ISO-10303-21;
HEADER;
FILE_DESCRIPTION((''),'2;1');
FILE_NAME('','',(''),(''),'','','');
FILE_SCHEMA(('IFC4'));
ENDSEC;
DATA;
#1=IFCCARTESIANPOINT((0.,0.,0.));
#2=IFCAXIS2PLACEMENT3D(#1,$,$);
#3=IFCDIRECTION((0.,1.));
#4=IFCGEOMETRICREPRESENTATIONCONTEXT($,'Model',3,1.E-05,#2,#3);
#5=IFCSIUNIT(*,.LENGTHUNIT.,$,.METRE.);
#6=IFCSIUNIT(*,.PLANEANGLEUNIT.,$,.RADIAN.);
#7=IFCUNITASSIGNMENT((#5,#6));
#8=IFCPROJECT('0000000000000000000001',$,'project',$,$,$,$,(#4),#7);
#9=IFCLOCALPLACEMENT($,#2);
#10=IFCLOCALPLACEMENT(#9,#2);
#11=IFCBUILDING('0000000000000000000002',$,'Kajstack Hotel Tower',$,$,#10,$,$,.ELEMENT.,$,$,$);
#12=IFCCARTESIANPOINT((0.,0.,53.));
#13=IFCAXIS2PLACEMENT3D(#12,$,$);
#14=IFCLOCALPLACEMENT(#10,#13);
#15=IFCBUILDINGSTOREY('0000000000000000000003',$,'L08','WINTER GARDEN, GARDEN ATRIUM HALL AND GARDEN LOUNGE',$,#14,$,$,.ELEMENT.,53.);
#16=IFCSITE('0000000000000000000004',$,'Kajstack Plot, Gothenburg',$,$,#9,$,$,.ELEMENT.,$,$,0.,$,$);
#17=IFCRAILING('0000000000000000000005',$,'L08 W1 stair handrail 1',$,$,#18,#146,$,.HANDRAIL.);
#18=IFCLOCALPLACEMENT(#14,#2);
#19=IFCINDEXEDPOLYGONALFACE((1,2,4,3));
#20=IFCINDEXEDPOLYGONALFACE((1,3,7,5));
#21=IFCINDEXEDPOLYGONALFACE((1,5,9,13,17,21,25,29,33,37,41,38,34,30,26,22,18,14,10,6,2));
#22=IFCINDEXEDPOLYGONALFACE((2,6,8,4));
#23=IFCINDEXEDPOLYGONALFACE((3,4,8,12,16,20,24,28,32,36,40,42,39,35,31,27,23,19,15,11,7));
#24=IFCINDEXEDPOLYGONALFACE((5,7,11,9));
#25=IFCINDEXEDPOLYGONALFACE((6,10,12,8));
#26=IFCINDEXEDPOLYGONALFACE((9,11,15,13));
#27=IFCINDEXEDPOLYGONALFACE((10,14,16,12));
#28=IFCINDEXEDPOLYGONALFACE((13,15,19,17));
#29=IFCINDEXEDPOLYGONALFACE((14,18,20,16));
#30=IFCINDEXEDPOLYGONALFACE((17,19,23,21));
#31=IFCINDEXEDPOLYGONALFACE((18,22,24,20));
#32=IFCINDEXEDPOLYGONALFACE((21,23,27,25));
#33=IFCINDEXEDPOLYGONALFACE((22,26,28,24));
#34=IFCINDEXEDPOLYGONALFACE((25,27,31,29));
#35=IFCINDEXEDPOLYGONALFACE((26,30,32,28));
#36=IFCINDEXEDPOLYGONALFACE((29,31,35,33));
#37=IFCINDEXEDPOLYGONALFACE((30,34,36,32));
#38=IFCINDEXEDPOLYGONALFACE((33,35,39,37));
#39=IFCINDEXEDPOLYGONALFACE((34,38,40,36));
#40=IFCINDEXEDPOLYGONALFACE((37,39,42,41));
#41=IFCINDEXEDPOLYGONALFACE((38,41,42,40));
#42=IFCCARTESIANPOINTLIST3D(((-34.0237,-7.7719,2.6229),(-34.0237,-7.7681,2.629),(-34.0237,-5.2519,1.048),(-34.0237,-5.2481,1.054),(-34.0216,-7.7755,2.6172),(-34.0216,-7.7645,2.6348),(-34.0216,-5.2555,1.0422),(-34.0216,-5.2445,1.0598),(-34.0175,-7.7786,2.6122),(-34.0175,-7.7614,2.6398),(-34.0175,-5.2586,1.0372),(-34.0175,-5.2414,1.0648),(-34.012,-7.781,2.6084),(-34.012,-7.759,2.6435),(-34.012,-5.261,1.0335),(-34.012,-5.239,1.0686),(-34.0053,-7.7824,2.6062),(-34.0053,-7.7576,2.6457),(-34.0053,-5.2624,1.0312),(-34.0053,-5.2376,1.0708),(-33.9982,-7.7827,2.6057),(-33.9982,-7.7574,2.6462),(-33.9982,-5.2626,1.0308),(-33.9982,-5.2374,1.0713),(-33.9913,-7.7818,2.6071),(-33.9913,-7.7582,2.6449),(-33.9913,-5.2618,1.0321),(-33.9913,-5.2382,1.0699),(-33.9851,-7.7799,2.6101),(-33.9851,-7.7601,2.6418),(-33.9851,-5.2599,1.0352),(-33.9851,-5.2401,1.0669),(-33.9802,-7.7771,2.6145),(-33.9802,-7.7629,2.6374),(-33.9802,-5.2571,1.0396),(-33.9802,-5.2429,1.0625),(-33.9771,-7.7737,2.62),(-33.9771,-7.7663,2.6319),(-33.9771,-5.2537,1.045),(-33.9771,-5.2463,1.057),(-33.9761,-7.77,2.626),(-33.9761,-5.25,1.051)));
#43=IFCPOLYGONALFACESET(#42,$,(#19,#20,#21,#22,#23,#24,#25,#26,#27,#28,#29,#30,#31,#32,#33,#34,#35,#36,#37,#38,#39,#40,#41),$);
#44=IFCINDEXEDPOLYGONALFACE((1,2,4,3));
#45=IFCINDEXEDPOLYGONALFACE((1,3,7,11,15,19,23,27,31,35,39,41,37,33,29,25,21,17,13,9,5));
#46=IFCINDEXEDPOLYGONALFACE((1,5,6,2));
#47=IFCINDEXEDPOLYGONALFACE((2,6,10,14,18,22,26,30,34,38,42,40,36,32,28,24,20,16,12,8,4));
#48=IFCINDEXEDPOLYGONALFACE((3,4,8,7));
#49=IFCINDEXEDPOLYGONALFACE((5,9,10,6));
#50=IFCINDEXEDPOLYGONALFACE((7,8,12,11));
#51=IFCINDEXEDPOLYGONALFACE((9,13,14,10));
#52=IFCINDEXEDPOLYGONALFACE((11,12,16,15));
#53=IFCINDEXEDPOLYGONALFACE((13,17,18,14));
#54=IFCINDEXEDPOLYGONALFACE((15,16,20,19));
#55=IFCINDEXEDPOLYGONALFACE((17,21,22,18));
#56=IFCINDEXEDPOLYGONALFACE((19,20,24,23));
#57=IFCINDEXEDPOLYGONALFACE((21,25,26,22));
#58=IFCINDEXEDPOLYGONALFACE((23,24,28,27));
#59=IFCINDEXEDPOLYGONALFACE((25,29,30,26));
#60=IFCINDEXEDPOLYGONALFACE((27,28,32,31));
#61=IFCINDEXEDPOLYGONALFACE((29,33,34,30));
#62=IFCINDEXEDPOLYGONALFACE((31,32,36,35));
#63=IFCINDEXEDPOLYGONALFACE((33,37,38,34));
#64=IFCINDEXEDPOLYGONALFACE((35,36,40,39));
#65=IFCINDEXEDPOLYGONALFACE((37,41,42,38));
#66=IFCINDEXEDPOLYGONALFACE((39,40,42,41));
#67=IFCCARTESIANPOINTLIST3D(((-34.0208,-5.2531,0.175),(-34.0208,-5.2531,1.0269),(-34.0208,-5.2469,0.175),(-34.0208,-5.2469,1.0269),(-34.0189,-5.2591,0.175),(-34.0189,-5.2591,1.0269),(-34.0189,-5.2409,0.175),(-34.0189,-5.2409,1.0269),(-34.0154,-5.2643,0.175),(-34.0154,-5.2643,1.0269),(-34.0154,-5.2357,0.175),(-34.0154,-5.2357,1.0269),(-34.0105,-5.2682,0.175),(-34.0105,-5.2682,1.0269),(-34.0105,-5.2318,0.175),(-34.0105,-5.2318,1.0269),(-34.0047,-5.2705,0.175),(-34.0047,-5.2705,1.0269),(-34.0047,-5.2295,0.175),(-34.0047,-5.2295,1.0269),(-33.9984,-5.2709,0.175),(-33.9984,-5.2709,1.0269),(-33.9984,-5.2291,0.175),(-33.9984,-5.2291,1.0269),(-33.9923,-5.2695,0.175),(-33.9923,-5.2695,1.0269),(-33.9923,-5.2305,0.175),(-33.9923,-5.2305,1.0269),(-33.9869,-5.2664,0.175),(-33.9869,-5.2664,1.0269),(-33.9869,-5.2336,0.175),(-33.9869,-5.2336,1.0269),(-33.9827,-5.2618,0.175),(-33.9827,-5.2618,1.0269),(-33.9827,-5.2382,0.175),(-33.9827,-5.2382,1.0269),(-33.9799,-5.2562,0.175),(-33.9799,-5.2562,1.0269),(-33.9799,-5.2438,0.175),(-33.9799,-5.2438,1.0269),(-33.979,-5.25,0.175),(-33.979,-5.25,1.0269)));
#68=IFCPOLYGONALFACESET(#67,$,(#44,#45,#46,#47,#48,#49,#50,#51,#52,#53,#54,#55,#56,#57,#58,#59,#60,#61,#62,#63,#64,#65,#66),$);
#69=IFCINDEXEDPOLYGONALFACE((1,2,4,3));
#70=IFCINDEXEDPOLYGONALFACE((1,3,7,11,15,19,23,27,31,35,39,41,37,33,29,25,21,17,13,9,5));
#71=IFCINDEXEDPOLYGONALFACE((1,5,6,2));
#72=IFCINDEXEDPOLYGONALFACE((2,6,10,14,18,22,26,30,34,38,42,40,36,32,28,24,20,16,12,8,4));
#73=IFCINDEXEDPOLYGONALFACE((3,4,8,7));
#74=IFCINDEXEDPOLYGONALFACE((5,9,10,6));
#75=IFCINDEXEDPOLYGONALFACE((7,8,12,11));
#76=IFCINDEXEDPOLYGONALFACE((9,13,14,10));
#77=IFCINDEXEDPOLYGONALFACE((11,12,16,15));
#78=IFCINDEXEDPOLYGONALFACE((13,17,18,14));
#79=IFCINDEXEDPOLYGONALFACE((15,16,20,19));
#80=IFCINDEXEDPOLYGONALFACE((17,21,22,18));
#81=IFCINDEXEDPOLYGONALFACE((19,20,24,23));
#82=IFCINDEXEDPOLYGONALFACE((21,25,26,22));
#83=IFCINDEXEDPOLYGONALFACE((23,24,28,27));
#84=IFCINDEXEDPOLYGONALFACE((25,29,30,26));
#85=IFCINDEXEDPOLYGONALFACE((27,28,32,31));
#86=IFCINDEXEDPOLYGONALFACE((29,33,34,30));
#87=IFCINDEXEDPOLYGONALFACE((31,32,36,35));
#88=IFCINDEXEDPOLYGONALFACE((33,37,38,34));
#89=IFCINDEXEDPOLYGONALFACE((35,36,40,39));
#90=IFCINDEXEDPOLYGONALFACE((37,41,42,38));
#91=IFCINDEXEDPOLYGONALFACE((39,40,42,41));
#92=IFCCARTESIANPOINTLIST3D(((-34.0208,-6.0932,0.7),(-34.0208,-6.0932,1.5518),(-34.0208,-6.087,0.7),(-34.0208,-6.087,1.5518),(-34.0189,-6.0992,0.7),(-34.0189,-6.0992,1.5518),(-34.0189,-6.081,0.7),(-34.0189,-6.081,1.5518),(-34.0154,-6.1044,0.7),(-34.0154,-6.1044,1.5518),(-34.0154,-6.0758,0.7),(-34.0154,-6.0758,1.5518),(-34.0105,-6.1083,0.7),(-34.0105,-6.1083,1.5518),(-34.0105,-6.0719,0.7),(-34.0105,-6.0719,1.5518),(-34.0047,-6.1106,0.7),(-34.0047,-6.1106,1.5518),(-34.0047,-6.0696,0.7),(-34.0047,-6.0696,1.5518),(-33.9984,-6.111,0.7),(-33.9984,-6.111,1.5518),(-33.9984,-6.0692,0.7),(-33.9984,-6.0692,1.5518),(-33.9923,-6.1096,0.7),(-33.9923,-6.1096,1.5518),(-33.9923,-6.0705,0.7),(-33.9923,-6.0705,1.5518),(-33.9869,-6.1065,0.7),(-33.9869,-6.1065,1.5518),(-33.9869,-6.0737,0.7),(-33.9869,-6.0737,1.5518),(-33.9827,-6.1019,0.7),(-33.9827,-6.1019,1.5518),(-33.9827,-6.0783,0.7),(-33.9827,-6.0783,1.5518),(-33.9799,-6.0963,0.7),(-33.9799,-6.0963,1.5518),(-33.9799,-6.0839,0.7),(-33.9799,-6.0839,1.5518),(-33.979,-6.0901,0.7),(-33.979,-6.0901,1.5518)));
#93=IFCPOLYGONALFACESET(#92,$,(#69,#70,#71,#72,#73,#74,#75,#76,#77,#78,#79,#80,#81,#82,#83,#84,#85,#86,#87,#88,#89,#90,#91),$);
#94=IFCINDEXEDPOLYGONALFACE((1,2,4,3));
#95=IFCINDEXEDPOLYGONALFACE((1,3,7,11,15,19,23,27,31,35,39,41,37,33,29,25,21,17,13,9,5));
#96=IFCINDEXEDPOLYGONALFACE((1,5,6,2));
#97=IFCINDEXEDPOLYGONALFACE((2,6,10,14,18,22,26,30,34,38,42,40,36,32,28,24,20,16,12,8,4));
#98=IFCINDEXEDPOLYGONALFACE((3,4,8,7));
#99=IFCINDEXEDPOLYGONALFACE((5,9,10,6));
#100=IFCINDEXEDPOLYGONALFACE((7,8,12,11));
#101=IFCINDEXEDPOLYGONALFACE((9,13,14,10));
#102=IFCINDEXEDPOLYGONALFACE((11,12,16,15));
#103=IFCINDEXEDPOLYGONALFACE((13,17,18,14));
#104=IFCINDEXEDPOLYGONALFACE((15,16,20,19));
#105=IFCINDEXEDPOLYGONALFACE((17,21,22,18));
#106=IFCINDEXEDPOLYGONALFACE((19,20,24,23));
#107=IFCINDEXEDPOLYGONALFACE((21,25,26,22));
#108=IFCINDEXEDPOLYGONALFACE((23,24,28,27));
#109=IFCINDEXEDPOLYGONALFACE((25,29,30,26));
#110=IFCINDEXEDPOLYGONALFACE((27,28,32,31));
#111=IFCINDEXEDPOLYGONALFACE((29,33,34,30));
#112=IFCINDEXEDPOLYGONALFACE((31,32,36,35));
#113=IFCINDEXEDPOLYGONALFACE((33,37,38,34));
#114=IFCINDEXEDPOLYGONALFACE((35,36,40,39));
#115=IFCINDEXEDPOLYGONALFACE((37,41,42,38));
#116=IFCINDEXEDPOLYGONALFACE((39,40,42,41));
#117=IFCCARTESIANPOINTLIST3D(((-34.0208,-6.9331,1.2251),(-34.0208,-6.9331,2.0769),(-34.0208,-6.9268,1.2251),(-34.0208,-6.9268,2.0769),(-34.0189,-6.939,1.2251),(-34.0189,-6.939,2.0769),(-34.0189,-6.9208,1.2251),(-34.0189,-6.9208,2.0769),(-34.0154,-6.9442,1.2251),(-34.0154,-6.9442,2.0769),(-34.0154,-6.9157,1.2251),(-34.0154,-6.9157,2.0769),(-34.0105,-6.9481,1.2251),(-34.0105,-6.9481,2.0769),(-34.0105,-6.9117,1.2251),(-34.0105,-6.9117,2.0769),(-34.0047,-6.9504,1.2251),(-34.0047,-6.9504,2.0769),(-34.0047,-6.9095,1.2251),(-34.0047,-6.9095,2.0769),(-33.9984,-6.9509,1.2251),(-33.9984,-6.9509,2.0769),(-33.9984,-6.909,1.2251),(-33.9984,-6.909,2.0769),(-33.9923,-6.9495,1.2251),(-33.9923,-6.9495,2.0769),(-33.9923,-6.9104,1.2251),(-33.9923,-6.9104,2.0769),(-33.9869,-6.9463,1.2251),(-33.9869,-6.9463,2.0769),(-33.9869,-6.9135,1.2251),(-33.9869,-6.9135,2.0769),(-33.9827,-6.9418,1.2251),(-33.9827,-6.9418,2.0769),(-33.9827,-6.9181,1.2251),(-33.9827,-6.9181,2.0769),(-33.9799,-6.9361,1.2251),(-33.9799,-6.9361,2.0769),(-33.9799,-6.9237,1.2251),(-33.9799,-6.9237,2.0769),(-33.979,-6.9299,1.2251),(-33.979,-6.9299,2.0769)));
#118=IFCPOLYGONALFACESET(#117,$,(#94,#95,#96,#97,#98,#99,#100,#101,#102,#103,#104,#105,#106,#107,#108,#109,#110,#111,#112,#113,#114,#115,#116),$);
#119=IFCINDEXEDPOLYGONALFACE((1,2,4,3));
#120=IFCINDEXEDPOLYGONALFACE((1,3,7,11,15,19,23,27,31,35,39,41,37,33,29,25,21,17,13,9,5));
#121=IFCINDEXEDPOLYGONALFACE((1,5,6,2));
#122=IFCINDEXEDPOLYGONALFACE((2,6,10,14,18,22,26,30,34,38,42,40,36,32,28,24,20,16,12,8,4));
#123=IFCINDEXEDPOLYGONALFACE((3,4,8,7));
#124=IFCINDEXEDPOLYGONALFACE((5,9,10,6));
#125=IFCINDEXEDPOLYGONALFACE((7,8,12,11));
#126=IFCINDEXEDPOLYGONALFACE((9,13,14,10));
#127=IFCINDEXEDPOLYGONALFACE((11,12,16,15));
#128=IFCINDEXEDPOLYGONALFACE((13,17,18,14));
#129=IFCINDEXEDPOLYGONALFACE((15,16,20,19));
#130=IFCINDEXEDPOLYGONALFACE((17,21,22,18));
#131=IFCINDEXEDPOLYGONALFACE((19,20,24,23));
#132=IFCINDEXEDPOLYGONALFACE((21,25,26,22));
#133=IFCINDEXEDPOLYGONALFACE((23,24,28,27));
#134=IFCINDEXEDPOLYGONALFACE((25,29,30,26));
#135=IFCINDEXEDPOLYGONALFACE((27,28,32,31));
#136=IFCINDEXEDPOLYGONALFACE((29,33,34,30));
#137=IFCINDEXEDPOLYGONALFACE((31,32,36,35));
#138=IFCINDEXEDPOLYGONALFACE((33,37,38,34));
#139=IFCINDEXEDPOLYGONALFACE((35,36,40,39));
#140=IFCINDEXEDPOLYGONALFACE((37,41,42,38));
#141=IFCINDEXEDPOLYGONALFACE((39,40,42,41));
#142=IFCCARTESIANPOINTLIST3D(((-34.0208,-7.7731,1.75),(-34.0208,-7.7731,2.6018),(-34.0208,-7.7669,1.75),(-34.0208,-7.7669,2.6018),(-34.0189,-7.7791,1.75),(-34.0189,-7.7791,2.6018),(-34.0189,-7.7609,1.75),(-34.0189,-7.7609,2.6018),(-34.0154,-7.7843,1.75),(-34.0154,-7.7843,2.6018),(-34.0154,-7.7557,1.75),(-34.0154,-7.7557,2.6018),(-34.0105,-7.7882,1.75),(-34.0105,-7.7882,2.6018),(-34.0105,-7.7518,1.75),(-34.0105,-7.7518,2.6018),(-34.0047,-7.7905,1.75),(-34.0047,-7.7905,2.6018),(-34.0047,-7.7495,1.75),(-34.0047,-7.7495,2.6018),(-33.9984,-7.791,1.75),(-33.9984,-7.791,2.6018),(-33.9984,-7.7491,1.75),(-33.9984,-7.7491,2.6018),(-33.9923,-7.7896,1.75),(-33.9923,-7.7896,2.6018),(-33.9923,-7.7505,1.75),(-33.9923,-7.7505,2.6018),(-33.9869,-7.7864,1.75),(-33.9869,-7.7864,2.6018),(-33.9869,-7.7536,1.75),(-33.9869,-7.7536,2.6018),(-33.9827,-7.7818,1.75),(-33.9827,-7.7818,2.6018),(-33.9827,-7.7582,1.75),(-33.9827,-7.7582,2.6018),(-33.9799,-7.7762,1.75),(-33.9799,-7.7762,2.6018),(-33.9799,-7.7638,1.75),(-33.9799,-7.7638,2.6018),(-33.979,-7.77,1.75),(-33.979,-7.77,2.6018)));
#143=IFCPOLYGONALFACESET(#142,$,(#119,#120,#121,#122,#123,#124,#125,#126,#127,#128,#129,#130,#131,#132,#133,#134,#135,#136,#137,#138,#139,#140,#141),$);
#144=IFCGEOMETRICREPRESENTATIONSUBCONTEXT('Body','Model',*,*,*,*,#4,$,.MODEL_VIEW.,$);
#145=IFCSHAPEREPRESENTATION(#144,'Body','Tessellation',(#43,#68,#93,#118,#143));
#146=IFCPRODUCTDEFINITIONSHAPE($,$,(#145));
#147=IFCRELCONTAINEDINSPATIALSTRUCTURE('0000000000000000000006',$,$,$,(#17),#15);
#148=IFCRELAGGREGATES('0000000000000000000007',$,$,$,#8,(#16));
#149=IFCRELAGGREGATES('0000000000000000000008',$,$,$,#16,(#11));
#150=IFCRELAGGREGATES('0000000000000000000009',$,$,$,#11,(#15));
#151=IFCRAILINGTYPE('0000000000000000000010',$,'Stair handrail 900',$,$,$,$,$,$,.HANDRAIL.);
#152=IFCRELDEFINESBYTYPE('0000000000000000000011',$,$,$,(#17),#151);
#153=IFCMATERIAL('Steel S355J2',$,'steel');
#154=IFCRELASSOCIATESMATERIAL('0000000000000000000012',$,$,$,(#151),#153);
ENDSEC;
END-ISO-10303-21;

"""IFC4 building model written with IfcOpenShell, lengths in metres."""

from ifc_helpers import new_model, si_unit, direction, frame, origin, origin_2d, place, context, subcontext, project, spatial, circle, extrude, material, type_object, element, save


model = new_model("IFC4")

# Units and contexts
model_context = context("Model", 3, precision=1e-05, world=origin(), true_north=direction((0.0, 1.0)))
body_context = subcontext(model_context, "Body", "Model", "MODEL_VIEW")
ifc_project = project(units=[si_unit("LENGTHUNIT", "METRE"), si_unit("PLANEANGLEUNIT", "RADIAN")], contexts=[model_context])

# Site, building, storey
site_placement = place(None, origin())
site = spatial("IfcSite", under=ifc_project, at=site_placement, Name="Kajstack Plot, Gothenburg", CompositionType="ELEMENT", RefElevation=0.0)
building_placement = place(site_placement, origin())
building = spatial("IfcBuilding", under=site, at=building_placement, Name="Kajstack Hotel Tower", CompositionType="ELEMENT")
storey_placement = place(building_placement, frame((0.0, 0.0, 53.0)))
storey = spatial("IfcBuildingStorey", under=building, at=storey_placement, Name="L08", Description="WINTER GARDEN, GARDEN ATRIUM HALL AND GARDEN LOUNGE", CompositionType="ELEMENT", Elevation=53.0)

# Railing
ifc_material_1 = material(Name="Steel S355J2", Category="steel")
railing_type_1 = type_object("IfcRailingType", Name="Stair handrail 900", PredefinedType="HANDRAIL", material=ifc_material_1)
for number, where, name in (
    (1, (-34.0, -5.25, 0.175), "L08 W1 stair handrail 1"),
):
    element("IfcRailing", number, at=place(storey_placement, frame(where)), inside=storey, type_object=railing_type_1, Name=name, PredefinedType="HANDRAIL", context=body_context, shape_type="SweptSolid", body=[
        extrude(circle(Radius=0.0239, at=origin_2d()), frame((0.0, 0.0, 0.876), z_axis=(0.0, -0.848008, 0.529984), x_axis=(1.0, 0.0, 0.0)), (0.0, 0.0, 1.0), 2.9717),
        extrude(circle(Radius=0.021, at=origin_2d()), origin(), (0.0, 0.0, 1.0), 0.8518),
        extrude(circle(Radius=0.021, at=origin_2d()), frame((0.0, -0.8401, 0.5249)), (0.0, 0.0, 1.0), 0.8518),
        extrude(circle(Radius=0.021, at=origin_2d()), frame((0.0, -1.6799, 1.05)), (0.0, 0.0, 1.0), 0.8518),
        extrude(circle(Radius=0.021, at=origin_2d()), frame((0.0, -2.52, 1.575)), (0.0, 0.0, 1.0), 0.8518),
    ])

save(model, "model.ifc")
